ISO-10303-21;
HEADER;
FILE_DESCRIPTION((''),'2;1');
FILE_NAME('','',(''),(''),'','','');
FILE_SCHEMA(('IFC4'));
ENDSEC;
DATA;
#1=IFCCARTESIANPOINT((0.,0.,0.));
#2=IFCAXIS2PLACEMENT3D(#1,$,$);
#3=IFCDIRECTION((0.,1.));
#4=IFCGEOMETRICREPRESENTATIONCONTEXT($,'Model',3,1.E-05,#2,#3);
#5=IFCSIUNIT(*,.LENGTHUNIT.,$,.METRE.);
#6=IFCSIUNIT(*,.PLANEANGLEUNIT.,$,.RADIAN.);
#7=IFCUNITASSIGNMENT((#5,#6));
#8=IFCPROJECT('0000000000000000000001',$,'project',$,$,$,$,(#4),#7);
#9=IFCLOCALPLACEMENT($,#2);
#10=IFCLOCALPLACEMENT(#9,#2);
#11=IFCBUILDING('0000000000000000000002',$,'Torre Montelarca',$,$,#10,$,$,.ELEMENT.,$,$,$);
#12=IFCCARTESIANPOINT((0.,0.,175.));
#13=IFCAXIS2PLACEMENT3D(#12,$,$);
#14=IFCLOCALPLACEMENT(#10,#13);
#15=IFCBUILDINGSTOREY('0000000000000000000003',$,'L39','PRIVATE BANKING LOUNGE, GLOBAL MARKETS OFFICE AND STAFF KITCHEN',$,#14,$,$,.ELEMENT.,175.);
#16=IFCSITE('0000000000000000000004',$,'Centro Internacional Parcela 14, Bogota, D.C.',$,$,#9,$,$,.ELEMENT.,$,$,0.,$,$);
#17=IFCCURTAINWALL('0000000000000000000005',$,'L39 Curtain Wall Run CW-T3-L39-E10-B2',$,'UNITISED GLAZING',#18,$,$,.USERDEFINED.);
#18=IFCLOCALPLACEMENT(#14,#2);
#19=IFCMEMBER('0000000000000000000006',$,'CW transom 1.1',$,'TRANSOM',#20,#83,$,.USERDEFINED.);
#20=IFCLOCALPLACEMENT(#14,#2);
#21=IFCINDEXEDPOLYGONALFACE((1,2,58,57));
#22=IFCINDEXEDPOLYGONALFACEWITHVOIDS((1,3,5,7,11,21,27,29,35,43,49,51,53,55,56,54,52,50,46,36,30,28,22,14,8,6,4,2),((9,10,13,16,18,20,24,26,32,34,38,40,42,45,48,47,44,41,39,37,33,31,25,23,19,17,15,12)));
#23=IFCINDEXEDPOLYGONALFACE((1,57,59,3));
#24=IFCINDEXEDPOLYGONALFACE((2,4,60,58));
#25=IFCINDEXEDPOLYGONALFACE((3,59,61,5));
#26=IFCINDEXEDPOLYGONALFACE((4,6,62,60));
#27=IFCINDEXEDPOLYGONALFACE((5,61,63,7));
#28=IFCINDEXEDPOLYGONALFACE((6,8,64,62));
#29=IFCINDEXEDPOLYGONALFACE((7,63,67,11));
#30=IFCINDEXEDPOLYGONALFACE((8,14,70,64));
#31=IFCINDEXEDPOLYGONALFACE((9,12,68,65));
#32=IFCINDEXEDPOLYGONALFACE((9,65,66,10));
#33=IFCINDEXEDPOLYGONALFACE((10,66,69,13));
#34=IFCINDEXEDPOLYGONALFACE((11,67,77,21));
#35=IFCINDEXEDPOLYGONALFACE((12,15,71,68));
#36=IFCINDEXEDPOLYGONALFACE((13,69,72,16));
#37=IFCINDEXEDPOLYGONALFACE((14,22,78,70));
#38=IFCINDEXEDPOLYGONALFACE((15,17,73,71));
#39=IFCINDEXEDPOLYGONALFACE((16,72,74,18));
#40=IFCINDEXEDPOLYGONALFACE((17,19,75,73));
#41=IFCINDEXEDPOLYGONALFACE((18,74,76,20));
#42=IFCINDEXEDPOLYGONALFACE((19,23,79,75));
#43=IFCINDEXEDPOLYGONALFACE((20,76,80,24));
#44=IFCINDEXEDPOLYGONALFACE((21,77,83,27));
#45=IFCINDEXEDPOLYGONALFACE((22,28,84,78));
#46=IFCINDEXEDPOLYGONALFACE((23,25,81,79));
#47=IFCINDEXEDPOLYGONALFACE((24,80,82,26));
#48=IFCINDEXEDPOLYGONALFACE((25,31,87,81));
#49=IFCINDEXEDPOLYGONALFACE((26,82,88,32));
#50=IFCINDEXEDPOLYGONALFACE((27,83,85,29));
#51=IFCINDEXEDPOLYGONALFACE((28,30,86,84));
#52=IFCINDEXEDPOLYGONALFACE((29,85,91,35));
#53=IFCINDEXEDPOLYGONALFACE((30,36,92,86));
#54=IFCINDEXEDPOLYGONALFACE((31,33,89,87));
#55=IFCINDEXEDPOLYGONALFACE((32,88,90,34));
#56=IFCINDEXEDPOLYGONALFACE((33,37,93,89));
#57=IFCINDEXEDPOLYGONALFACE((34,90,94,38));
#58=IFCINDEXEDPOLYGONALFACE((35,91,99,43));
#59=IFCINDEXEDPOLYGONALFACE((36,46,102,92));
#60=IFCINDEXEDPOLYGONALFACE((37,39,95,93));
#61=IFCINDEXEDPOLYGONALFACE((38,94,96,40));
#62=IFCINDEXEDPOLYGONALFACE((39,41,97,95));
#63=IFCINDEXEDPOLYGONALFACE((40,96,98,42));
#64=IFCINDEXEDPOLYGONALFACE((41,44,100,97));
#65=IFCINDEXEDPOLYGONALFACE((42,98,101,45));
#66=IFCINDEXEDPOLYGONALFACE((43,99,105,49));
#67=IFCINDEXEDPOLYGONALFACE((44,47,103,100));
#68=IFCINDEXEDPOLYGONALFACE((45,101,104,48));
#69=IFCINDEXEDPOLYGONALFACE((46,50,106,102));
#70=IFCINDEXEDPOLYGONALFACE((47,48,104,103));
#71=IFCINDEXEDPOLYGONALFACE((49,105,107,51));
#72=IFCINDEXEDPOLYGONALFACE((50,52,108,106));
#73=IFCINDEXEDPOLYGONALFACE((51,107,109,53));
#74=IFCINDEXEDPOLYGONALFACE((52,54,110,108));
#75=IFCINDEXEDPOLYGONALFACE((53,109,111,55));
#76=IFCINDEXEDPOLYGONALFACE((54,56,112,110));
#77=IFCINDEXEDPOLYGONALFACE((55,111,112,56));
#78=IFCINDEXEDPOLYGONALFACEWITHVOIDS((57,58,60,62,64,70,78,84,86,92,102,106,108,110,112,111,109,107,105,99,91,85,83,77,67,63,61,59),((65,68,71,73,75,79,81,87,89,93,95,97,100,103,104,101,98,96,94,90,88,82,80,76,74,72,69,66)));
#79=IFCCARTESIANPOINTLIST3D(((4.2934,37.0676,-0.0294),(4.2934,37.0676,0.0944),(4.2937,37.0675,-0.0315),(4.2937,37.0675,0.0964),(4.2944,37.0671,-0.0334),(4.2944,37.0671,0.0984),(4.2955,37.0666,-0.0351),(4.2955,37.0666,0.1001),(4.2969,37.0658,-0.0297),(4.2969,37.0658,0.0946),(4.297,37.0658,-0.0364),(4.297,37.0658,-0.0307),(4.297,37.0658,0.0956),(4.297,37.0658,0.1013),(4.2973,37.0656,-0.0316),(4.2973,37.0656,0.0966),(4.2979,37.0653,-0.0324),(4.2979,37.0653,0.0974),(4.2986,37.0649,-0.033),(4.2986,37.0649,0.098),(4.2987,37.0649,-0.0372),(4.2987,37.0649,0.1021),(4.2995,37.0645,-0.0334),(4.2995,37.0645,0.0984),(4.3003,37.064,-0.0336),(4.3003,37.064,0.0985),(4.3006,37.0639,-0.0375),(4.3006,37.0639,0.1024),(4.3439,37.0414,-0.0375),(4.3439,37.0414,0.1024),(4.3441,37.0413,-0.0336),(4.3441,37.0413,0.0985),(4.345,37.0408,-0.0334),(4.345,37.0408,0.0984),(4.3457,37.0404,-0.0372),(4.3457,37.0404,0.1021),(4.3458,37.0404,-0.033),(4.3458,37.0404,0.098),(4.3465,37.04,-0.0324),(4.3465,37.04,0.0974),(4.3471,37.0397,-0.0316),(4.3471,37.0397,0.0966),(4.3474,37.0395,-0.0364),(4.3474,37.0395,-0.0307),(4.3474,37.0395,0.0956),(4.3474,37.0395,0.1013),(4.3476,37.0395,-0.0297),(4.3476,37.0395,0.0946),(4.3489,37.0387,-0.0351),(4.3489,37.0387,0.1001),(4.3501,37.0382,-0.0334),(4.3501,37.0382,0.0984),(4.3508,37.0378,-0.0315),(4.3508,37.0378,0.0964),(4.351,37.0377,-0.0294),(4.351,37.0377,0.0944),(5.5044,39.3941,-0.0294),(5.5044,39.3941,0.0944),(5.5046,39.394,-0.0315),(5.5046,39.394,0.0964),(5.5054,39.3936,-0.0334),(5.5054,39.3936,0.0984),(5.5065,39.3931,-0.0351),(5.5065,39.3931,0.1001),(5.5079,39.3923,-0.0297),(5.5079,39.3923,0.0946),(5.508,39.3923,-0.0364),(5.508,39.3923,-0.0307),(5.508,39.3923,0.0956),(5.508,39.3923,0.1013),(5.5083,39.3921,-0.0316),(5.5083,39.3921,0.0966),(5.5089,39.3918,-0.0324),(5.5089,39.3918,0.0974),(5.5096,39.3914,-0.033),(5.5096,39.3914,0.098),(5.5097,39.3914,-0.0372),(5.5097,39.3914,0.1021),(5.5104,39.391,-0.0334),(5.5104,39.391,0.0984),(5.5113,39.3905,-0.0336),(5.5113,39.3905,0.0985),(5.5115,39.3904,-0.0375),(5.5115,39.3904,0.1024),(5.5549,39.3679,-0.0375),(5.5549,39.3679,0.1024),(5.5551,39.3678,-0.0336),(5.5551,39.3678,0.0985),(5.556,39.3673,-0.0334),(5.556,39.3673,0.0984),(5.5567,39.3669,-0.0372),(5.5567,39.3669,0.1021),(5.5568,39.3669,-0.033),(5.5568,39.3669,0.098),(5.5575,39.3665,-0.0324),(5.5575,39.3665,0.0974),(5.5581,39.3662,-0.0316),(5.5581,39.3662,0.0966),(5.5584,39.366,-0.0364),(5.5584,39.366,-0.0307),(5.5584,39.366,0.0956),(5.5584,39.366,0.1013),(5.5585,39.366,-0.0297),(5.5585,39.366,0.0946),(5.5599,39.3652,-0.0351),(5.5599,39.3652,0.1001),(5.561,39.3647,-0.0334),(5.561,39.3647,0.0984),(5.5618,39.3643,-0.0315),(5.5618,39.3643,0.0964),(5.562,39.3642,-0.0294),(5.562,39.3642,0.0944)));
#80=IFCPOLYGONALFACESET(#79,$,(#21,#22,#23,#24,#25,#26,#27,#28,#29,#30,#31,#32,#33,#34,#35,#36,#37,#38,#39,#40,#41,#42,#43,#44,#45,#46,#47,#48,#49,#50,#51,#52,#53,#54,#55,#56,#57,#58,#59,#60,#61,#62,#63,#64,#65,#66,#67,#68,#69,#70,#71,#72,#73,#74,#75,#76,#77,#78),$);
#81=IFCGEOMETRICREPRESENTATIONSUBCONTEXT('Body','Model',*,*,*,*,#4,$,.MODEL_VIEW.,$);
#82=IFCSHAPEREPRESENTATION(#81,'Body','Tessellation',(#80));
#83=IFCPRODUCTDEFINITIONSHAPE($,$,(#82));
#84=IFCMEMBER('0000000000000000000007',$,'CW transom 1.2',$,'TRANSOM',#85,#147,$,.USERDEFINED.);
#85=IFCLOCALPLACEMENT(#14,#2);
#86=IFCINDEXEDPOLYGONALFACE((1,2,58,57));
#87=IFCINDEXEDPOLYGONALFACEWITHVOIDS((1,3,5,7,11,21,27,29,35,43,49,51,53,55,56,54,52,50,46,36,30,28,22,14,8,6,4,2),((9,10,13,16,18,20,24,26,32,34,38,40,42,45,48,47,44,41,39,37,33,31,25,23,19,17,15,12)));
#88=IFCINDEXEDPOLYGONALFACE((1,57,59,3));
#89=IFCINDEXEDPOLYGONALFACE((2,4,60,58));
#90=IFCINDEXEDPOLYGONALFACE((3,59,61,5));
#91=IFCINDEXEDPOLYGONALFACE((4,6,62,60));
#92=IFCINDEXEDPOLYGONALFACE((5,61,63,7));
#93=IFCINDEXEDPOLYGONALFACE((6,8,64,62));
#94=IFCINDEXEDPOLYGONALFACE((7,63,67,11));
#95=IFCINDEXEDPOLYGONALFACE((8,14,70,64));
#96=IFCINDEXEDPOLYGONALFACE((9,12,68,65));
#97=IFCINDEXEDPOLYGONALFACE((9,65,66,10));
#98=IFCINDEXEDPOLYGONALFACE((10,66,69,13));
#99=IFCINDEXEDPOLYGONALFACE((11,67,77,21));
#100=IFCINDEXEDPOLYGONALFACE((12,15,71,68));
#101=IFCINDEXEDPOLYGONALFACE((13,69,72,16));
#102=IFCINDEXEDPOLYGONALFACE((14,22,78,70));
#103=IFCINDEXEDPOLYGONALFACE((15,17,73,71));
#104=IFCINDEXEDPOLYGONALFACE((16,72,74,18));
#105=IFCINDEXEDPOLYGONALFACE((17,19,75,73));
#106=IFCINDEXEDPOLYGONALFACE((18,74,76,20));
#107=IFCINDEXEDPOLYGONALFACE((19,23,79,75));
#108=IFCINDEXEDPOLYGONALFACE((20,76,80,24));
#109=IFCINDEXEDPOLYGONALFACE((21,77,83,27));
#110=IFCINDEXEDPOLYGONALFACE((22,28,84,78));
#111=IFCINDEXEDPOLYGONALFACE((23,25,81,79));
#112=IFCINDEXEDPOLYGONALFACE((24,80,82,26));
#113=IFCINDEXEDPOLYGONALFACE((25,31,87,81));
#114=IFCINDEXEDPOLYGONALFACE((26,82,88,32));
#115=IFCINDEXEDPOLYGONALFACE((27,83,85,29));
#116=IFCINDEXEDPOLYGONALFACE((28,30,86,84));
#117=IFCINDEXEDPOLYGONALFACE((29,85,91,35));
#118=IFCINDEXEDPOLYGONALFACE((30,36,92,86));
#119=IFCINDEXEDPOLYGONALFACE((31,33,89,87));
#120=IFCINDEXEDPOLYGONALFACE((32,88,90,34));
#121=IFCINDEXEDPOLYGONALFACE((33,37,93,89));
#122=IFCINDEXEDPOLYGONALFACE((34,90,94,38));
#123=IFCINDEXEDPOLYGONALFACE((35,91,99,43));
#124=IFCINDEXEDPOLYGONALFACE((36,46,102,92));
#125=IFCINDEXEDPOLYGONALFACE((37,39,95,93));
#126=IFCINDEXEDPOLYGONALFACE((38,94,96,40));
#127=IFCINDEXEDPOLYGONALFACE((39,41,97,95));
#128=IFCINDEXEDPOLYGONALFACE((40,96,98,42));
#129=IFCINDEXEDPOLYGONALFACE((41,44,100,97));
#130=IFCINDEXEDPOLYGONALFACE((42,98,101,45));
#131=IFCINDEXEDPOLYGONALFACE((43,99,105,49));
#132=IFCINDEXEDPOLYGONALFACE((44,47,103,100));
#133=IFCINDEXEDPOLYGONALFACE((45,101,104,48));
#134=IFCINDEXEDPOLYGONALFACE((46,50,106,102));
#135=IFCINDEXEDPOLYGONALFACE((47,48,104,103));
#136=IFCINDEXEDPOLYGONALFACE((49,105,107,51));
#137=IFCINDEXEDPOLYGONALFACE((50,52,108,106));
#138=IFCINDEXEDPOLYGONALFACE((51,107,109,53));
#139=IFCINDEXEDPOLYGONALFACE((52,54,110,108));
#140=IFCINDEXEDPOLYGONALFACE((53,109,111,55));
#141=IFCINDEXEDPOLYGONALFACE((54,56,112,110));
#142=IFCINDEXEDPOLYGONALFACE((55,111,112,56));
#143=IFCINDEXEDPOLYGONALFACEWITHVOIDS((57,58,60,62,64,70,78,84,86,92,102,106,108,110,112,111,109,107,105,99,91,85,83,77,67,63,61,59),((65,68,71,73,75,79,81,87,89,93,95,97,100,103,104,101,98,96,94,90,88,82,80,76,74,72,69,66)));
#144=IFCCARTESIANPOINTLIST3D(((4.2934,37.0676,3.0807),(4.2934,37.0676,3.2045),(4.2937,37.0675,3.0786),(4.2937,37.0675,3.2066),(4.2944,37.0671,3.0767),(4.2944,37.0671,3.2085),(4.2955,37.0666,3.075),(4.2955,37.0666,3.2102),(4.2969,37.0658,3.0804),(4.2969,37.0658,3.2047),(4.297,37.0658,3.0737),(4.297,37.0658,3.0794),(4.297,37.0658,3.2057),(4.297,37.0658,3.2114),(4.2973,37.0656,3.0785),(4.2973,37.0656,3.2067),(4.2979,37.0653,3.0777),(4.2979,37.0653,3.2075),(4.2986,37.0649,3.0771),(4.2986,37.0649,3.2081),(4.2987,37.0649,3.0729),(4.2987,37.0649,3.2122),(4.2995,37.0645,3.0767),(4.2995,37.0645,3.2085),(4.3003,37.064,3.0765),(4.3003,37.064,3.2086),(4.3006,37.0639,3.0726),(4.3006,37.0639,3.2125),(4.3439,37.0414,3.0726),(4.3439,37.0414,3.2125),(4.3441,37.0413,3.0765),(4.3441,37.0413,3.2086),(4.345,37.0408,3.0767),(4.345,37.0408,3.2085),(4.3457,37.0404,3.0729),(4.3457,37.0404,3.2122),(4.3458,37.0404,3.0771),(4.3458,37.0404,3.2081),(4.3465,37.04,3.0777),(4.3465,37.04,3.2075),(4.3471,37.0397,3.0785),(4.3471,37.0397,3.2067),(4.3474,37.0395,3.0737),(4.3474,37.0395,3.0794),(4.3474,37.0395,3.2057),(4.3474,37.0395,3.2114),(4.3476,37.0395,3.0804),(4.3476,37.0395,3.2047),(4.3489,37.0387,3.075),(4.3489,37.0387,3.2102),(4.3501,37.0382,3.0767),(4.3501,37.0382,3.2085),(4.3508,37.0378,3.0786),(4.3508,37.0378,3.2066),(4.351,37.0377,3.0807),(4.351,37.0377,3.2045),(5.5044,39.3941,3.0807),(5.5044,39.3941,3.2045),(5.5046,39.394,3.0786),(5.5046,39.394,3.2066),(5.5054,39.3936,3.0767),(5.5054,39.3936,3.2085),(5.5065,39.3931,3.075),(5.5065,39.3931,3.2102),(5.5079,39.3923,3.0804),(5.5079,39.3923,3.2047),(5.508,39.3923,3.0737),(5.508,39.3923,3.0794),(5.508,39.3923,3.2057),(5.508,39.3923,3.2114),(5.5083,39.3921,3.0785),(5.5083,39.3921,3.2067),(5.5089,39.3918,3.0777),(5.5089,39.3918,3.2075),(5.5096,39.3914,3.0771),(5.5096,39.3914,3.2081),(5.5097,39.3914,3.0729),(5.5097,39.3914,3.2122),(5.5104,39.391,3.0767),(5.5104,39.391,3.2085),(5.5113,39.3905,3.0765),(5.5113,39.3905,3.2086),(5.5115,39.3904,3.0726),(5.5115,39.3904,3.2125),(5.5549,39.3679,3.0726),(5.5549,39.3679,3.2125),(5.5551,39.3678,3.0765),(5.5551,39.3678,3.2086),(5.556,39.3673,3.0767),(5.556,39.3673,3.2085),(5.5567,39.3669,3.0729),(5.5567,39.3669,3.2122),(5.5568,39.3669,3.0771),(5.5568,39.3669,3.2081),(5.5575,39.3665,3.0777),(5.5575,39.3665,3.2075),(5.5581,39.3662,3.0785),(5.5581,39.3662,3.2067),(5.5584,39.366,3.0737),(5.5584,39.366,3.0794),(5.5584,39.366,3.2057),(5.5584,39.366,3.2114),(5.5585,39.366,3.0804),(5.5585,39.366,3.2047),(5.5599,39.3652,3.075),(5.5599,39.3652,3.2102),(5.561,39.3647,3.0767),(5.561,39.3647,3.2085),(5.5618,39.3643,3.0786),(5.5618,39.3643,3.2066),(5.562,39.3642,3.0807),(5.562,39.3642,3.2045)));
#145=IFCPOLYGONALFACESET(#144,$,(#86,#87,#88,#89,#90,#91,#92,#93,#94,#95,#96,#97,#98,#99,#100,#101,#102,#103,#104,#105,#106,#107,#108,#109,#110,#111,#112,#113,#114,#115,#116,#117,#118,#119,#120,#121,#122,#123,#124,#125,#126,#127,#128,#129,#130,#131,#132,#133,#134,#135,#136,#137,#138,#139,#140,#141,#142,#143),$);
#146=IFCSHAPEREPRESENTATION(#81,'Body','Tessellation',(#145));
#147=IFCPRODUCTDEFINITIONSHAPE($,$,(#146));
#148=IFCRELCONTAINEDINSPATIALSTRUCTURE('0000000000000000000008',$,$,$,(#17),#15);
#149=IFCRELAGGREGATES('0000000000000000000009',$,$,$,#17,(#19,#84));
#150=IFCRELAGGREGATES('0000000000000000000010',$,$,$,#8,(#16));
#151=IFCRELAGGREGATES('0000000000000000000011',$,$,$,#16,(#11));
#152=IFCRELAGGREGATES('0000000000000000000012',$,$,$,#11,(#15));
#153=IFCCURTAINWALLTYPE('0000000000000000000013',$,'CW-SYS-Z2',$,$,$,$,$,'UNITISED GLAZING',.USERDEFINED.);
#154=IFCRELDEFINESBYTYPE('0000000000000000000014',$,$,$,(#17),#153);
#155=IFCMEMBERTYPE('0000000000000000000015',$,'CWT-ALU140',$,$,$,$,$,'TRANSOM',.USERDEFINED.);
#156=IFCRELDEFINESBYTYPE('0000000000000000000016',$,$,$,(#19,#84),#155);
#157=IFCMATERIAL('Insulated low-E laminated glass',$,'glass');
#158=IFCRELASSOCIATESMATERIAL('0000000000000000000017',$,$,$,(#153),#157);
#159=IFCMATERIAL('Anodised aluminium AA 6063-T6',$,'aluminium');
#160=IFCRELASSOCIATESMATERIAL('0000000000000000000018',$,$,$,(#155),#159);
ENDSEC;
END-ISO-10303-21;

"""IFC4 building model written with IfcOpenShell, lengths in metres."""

from ifc_helpers import new_model, si_unit, direction, frame, origin, origin_2d, place, context, subcontext, project, spatial, hollow_rectangle, extrude, source, transform, mapped, material, material_profile, profile_set, type_object, element, aggregate, save


model = new_model("IFC4")

# Units and contexts
model_context = context("Model", 3, precision=1e-05, world=origin(), true_north=direction((0.0, 1.0)))
body_context = subcontext(model_context, "Body", "Model", "MODEL_VIEW")
ifc_project = project(units=[si_unit("LENGTHUNIT", "METRE"), si_unit("PLANEANGLEUNIT", "RADIAN")], contexts=[model_context])

# Site, building, storey
site_placement = place(None, origin())
site = spatial("IfcSite", under=ifc_project, at=site_placement, Name="Centro Internacional Parcela 14, Bogota, D.C.", CompositionType="ELEMENT", RefElevation=0.0)
building_placement = place(site_placement, origin())
building = spatial("IfcBuilding", under=site, at=building_placement, Name="Torre Montelarca", CompositionType="ELEMENT")
storey_placement = place(building_placement, frame((0.0, 0.0, 175.0)))
storey = spatial("IfcBuildingStorey", under=building, at=storey_placement, Name="L39", Description="PRIVATE BANKING LOUNGE, GLOBAL MARKETS OFFICE AND STAFF KITCHEN", CompositionType="ELEMENT", Elevation=175.0)

# Curtain wall, members
ifc_material_1 = material(Name="Insulated low-E laminated glass", Category="glass")
curtain_wall_type = type_object("IfcCurtainWallType", Name="CW-SYS-Z2", ElementType="UNITISED GLAZING", PredefinedType="USERDEFINED", material=ifc_material_1)
curtain_wall_placement = place(storey_placement, origin())
curtain_wall = element("IfcCurtainWall", 1, at=curtain_wall_placement, inside=storey, type_object=curtain_wall_type, Name="L39 Curtain Wall Run CW-T3-L39-E10-B2", ObjectType="UNITISED GLAZING", PredefinedType="USERDEFINED")
ifc_material_2 = material(Name="Anodised aluminium AA 6063-T6", Category="aluminium")
ifc_material_profile_1 = material_profile(ifc_material_2, hollow_rectangle(XDim=0.0649, YDim=0.1399, WallThickness=0.0039, InnerFilletRadius=0.0039, OuterFilletRadius=0.0081, at=origin_2d()), Name="ALU65X140X4", Category="aluminium")
ifc_profile_set_1 = profile_set([ifc_material_profile_1], Name="Anodised aluminium AA 6063-T6")
member_type_1 = type_object("IfcMemberType", Name="CWT-ALU140", ElementType="TRANSOM", PredefinedType="USERDEFINED", material=ifc_profile_set_1)
shared_shape_1 = source(origin(), body_context, "Body", "SweptSolid", [
    extrude(hollow_rectangle(XDim=0.0649, YDim=0.1399, WallThickness=0.0039, InnerFilletRadius=0.0039, OuterFilletRadius=0.0081, at=origin_2d()), origin(), (0.0, 0.0, 1.0), 2.6228),
])
member_1_placement = place(storey_placement, frame((5.5332, 39.3792, 0.0325), z_axis=(-0.461713, -0.887029, 0.0), x_axis=(0.887029, -0.461713, 0.0)))
member_1 = element("IfcMember", 2, at=member_1_placement, type_object=member_type_1, Name="CW transom 1.1", ObjectType="TRANSOM", PredefinedType="USERDEFINED", context=body_context, shape_type="MappedRepresentation", body=[
    mapped(shared_shape_1, transform((0.0, 0.0, 0.0), scale=1.0)),
])
member_2_placement = place(storey_placement, frame((5.5332, 39.3792, 3.1426), z_axis=(-0.461713, -0.887029, 0.0), x_axis=(0.887029, -0.461713, 0.0)))
member_2 = element("IfcMember", 3, at=member_2_placement, type_object=member_type_1, Name="CW transom 1.2", ObjectType="TRANSOM", PredefinedType="USERDEFINED", context=body_context, shape_type="MappedRepresentation", body=[
    mapped(shared_shape_1, transform((0.0, 0.0, 0.0), scale=1.0)),
])
aggregate(curtain_wall, [member_1, member_2])

save(model, "model.ifc")
